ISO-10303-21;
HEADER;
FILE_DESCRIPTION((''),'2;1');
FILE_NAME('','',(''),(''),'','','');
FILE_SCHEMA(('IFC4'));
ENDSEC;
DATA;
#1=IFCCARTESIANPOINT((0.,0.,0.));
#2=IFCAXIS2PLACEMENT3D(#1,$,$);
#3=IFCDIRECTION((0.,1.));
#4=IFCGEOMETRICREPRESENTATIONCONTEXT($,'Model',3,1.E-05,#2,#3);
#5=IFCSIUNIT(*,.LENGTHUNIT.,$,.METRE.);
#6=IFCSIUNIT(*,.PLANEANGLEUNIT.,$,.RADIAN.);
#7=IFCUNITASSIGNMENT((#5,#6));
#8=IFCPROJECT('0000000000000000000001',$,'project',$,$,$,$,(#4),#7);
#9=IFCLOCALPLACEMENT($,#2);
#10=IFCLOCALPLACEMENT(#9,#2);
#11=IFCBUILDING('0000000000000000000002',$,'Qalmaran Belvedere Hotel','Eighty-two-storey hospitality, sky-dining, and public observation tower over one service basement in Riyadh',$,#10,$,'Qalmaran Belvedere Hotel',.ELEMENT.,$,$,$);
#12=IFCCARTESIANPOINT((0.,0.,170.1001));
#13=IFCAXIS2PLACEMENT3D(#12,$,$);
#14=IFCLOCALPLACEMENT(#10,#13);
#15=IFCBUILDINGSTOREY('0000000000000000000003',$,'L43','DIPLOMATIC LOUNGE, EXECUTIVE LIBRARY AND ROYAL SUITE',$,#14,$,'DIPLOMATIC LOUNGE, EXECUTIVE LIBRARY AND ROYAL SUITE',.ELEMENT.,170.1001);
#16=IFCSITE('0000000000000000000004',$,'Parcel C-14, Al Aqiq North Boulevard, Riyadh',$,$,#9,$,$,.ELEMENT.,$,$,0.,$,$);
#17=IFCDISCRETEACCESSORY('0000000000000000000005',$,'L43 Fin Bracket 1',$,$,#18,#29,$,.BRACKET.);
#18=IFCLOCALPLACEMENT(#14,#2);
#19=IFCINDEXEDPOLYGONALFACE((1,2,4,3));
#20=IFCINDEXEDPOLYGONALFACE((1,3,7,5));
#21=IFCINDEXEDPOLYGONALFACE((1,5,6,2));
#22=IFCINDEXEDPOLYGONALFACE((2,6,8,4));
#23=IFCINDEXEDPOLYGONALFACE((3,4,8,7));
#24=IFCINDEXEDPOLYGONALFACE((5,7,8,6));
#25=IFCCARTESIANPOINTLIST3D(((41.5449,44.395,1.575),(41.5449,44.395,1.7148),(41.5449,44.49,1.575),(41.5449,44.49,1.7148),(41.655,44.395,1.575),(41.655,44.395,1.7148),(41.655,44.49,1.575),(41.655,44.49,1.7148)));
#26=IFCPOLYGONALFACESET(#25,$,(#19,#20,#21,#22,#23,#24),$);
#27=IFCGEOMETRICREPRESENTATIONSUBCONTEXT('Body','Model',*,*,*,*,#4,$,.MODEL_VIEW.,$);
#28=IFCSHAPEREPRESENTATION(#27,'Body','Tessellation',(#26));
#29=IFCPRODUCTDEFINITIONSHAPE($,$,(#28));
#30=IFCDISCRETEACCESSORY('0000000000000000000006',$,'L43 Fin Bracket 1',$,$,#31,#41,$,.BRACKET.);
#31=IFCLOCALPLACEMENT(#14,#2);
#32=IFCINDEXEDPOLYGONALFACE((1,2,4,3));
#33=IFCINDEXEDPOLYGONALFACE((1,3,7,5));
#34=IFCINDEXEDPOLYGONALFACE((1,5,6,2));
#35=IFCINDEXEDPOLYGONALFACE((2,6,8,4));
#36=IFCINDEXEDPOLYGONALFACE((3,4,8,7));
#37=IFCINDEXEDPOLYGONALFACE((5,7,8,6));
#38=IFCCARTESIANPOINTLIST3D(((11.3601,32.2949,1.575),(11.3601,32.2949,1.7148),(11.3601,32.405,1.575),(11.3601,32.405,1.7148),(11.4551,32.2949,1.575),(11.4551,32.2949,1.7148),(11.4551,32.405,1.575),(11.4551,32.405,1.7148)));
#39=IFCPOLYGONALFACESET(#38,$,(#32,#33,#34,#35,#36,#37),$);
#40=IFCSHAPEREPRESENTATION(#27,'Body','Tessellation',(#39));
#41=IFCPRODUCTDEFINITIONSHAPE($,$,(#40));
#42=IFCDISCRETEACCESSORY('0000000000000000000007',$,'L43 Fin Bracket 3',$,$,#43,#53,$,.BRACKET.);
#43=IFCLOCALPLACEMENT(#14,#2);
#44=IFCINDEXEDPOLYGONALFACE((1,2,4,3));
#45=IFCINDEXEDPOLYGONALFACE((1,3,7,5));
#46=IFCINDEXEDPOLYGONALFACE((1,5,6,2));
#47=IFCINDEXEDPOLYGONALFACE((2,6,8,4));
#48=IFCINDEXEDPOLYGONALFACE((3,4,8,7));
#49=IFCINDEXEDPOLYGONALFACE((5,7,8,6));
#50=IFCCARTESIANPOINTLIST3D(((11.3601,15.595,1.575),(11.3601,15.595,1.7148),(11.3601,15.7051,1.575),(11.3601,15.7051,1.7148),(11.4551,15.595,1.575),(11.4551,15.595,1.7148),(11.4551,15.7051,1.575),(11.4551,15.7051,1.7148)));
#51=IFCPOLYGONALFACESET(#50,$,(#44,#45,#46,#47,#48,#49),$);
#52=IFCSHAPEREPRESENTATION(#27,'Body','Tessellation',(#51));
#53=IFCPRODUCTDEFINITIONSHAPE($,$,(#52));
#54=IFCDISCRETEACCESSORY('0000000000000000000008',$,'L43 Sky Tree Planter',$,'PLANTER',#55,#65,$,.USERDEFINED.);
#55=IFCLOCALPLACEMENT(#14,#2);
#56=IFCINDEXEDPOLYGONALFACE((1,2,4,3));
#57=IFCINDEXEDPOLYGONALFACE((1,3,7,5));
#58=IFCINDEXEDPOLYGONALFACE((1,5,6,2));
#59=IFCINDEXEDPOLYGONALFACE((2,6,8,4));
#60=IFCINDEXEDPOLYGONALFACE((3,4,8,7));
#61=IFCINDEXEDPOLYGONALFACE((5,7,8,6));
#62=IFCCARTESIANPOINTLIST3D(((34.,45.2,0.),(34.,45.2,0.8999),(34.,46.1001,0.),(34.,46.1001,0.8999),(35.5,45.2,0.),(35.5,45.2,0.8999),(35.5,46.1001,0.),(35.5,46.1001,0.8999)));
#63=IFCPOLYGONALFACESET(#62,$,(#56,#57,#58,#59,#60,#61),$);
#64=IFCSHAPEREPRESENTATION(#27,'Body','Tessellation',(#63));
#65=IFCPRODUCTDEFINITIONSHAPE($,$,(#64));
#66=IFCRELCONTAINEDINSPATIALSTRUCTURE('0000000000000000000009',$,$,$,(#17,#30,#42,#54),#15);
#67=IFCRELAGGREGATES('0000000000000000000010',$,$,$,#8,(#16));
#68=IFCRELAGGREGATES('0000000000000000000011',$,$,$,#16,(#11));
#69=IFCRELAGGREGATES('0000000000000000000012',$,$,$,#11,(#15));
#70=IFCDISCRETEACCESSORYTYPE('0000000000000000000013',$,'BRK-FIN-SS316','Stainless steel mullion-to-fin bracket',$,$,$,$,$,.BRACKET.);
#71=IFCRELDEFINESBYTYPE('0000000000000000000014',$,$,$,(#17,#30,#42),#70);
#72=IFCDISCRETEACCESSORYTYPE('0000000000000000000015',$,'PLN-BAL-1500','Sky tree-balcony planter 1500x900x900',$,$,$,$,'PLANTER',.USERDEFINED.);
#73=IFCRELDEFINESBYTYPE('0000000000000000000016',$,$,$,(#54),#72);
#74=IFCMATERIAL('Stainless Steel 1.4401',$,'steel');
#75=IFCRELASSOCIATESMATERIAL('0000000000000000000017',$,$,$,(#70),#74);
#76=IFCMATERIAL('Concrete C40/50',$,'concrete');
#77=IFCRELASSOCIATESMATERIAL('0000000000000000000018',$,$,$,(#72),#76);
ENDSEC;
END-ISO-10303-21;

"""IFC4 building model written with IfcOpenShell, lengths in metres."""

from ifc_helpers import new_model, si_unit, direction, frame, origin, place, context, subcontext, project, spatial, polyline, outline, extrude, material, type_object, element, save


model = new_model("IFC4")

# Units and contexts
model_context = context("Model", 3, precision=1e-05, world=origin(), true_north=direction((0.0, 1.0)))
body_context = subcontext(model_context, "Body", "Model", "MODEL_VIEW")
ifc_project = project(units=[si_unit("LENGTHUNIT", "METRE"), si_unit("PLANEANGLEUNIT", "RADIAN")], contexts=[model_context])

# Site, building, storey
site_placement = place(None, origin())
site = spatial("IfcSite", under=ifc_project, at=site_placement, Name="Parcel C-14, Al Aqiq North Boulevard, Riyadh", CompositionType="ELEMENT", RefElevation=0.0)
building_placement = place(site_placement, origin())
building = spatial("IfcBuilding", under=site, at=building_placement, Name="Qalmaran Belvedere Hotel", Description="Eighty-two-storey hospitality, sky-dining, and public observation tower over one service basement in Riyadh", LongName="Qalmaran Belvedere Hotel", CompositionType="ELEMENT")
storey_placement = place(building_placement, frame((0.0, 0.0, 170.1001)))
storey = spatial("IfcBuildingStorey", under=building, at=storey_placement, Name="L43", Description="DIPLOMATIC LOUNGE, EXECUTIVE LIBRARY AND ROYAL SUITE", LongName="DIPLOMATIC LOUNGE, EXECUTIVE LIBRARY AND ROYAL SUITE", CompositionType="ELEMENT", Elevation=170.1001)

# Shared definitions
ifc_material_1 = material(Name="Concrete C40/50", Category="concrete")

# Discrete accessories
ifc_material_2 = material(Name="Stainless Steel 1.4401", Category="steel")
discrete_accessory_type_1 = type_object("IfcDiscreteAccessoryType", Name="BRK-FIN-SS316", Description="Stainless steel mullion-to-fin bracket", PredefinedType="BRACKET", material=ifc_material_2)
discrete_accessory_1_placement = place(storey_placement, frame((0.0, 0.0, 1.575)))
element("IfcDiscreteAccessory", 1, at=discrete_accessory_1_placement, inside=storey, type_object=discrete_accessory_type_1, Name="L43 Fin Bracket 1", PredefinedType="BRACKET", context=body_context, shape_type="SweptSolid", body=[
    extrude(outline(polyline([(41.655, 44.395), (41.655, 44.49), (41.5449, 44.49), (41.5449, 44.395), (41.655, 44.395)])), origin(), (0.0, 0.0, 1.0), 0.1399),
])
discrete_accessory_2_placement = place(storey_placement, frame((0.0, 0.0, 1.575)))
element("IfcDiscreteAccessory", 2, at=discrete_accessory_2_placement, inside=storey, type_object=discrete_accessory_type_1, Name="L43 Fin Bracket 1", PredefinedType="BRACKET", context=body_context, shape_type="SweptSolid", body=[
    extrude(outline(polyline([(11.4551, 32.405), (11.3601, 32.405), (11.3601, 32.2949), (11.4551, 32.2949), (11.4551, 32.405)])), origin(), (0.0, 0.0, 1.0), 0.1399),
])
discrete_accessory_3_placement = place(storey_placement, frame((0.0, 0.0, 1.575)))
element("IfcDiscreteAccessory", 3, at=discrete_accessory_3_placement, inside=storey, type_object=discrete_accessory_type_1, Name="L43 Fin Bracket 3", PredefinedType="BRACKET", context=body_context, shape_type="SweptSolid", body=[
    extrude(outline(polyline([(11.4551, 15.7051), (11.3601, 15.7051), (11.3601, 15.595), (11.4551, 15.595), (11.4551, 15.7051)])), origin(), (0.0, 0.0, 1.0), 0.1399),
])
discrete_accessory_type_2 = type_object("IfcDiscreteAccessoryType", Name="PLN-BAL-1500", Description="Sky tree-balcony planter 1500x900x900", ElementType="PLANTER", PredefinedType="USERDEFINED", material=ifc_material_1)
discrete_accessory_4_placement = place(storey_placement, origin())
element("IfcDiscreteAccessory", 4, at=discrete_accessory_4_placement, inside=storey, type_object=discrete_accessory_type_2, Name="L43 Sky Tree Planter", ObjectType="PLANTER", PredefinedType="USERDEFINED", context=body_context, shape_type="SweptSolid", body=[
    extrude(outline(polyline([(34.0, 45.2), (35.5, 45.2), (35.5, 46.1001), (34.0, 46.1001), (34.0, 45.2)])), origin(), (0.0, 0.0, 1.0), 0.8999),
])

save(model, "model.ifc")
